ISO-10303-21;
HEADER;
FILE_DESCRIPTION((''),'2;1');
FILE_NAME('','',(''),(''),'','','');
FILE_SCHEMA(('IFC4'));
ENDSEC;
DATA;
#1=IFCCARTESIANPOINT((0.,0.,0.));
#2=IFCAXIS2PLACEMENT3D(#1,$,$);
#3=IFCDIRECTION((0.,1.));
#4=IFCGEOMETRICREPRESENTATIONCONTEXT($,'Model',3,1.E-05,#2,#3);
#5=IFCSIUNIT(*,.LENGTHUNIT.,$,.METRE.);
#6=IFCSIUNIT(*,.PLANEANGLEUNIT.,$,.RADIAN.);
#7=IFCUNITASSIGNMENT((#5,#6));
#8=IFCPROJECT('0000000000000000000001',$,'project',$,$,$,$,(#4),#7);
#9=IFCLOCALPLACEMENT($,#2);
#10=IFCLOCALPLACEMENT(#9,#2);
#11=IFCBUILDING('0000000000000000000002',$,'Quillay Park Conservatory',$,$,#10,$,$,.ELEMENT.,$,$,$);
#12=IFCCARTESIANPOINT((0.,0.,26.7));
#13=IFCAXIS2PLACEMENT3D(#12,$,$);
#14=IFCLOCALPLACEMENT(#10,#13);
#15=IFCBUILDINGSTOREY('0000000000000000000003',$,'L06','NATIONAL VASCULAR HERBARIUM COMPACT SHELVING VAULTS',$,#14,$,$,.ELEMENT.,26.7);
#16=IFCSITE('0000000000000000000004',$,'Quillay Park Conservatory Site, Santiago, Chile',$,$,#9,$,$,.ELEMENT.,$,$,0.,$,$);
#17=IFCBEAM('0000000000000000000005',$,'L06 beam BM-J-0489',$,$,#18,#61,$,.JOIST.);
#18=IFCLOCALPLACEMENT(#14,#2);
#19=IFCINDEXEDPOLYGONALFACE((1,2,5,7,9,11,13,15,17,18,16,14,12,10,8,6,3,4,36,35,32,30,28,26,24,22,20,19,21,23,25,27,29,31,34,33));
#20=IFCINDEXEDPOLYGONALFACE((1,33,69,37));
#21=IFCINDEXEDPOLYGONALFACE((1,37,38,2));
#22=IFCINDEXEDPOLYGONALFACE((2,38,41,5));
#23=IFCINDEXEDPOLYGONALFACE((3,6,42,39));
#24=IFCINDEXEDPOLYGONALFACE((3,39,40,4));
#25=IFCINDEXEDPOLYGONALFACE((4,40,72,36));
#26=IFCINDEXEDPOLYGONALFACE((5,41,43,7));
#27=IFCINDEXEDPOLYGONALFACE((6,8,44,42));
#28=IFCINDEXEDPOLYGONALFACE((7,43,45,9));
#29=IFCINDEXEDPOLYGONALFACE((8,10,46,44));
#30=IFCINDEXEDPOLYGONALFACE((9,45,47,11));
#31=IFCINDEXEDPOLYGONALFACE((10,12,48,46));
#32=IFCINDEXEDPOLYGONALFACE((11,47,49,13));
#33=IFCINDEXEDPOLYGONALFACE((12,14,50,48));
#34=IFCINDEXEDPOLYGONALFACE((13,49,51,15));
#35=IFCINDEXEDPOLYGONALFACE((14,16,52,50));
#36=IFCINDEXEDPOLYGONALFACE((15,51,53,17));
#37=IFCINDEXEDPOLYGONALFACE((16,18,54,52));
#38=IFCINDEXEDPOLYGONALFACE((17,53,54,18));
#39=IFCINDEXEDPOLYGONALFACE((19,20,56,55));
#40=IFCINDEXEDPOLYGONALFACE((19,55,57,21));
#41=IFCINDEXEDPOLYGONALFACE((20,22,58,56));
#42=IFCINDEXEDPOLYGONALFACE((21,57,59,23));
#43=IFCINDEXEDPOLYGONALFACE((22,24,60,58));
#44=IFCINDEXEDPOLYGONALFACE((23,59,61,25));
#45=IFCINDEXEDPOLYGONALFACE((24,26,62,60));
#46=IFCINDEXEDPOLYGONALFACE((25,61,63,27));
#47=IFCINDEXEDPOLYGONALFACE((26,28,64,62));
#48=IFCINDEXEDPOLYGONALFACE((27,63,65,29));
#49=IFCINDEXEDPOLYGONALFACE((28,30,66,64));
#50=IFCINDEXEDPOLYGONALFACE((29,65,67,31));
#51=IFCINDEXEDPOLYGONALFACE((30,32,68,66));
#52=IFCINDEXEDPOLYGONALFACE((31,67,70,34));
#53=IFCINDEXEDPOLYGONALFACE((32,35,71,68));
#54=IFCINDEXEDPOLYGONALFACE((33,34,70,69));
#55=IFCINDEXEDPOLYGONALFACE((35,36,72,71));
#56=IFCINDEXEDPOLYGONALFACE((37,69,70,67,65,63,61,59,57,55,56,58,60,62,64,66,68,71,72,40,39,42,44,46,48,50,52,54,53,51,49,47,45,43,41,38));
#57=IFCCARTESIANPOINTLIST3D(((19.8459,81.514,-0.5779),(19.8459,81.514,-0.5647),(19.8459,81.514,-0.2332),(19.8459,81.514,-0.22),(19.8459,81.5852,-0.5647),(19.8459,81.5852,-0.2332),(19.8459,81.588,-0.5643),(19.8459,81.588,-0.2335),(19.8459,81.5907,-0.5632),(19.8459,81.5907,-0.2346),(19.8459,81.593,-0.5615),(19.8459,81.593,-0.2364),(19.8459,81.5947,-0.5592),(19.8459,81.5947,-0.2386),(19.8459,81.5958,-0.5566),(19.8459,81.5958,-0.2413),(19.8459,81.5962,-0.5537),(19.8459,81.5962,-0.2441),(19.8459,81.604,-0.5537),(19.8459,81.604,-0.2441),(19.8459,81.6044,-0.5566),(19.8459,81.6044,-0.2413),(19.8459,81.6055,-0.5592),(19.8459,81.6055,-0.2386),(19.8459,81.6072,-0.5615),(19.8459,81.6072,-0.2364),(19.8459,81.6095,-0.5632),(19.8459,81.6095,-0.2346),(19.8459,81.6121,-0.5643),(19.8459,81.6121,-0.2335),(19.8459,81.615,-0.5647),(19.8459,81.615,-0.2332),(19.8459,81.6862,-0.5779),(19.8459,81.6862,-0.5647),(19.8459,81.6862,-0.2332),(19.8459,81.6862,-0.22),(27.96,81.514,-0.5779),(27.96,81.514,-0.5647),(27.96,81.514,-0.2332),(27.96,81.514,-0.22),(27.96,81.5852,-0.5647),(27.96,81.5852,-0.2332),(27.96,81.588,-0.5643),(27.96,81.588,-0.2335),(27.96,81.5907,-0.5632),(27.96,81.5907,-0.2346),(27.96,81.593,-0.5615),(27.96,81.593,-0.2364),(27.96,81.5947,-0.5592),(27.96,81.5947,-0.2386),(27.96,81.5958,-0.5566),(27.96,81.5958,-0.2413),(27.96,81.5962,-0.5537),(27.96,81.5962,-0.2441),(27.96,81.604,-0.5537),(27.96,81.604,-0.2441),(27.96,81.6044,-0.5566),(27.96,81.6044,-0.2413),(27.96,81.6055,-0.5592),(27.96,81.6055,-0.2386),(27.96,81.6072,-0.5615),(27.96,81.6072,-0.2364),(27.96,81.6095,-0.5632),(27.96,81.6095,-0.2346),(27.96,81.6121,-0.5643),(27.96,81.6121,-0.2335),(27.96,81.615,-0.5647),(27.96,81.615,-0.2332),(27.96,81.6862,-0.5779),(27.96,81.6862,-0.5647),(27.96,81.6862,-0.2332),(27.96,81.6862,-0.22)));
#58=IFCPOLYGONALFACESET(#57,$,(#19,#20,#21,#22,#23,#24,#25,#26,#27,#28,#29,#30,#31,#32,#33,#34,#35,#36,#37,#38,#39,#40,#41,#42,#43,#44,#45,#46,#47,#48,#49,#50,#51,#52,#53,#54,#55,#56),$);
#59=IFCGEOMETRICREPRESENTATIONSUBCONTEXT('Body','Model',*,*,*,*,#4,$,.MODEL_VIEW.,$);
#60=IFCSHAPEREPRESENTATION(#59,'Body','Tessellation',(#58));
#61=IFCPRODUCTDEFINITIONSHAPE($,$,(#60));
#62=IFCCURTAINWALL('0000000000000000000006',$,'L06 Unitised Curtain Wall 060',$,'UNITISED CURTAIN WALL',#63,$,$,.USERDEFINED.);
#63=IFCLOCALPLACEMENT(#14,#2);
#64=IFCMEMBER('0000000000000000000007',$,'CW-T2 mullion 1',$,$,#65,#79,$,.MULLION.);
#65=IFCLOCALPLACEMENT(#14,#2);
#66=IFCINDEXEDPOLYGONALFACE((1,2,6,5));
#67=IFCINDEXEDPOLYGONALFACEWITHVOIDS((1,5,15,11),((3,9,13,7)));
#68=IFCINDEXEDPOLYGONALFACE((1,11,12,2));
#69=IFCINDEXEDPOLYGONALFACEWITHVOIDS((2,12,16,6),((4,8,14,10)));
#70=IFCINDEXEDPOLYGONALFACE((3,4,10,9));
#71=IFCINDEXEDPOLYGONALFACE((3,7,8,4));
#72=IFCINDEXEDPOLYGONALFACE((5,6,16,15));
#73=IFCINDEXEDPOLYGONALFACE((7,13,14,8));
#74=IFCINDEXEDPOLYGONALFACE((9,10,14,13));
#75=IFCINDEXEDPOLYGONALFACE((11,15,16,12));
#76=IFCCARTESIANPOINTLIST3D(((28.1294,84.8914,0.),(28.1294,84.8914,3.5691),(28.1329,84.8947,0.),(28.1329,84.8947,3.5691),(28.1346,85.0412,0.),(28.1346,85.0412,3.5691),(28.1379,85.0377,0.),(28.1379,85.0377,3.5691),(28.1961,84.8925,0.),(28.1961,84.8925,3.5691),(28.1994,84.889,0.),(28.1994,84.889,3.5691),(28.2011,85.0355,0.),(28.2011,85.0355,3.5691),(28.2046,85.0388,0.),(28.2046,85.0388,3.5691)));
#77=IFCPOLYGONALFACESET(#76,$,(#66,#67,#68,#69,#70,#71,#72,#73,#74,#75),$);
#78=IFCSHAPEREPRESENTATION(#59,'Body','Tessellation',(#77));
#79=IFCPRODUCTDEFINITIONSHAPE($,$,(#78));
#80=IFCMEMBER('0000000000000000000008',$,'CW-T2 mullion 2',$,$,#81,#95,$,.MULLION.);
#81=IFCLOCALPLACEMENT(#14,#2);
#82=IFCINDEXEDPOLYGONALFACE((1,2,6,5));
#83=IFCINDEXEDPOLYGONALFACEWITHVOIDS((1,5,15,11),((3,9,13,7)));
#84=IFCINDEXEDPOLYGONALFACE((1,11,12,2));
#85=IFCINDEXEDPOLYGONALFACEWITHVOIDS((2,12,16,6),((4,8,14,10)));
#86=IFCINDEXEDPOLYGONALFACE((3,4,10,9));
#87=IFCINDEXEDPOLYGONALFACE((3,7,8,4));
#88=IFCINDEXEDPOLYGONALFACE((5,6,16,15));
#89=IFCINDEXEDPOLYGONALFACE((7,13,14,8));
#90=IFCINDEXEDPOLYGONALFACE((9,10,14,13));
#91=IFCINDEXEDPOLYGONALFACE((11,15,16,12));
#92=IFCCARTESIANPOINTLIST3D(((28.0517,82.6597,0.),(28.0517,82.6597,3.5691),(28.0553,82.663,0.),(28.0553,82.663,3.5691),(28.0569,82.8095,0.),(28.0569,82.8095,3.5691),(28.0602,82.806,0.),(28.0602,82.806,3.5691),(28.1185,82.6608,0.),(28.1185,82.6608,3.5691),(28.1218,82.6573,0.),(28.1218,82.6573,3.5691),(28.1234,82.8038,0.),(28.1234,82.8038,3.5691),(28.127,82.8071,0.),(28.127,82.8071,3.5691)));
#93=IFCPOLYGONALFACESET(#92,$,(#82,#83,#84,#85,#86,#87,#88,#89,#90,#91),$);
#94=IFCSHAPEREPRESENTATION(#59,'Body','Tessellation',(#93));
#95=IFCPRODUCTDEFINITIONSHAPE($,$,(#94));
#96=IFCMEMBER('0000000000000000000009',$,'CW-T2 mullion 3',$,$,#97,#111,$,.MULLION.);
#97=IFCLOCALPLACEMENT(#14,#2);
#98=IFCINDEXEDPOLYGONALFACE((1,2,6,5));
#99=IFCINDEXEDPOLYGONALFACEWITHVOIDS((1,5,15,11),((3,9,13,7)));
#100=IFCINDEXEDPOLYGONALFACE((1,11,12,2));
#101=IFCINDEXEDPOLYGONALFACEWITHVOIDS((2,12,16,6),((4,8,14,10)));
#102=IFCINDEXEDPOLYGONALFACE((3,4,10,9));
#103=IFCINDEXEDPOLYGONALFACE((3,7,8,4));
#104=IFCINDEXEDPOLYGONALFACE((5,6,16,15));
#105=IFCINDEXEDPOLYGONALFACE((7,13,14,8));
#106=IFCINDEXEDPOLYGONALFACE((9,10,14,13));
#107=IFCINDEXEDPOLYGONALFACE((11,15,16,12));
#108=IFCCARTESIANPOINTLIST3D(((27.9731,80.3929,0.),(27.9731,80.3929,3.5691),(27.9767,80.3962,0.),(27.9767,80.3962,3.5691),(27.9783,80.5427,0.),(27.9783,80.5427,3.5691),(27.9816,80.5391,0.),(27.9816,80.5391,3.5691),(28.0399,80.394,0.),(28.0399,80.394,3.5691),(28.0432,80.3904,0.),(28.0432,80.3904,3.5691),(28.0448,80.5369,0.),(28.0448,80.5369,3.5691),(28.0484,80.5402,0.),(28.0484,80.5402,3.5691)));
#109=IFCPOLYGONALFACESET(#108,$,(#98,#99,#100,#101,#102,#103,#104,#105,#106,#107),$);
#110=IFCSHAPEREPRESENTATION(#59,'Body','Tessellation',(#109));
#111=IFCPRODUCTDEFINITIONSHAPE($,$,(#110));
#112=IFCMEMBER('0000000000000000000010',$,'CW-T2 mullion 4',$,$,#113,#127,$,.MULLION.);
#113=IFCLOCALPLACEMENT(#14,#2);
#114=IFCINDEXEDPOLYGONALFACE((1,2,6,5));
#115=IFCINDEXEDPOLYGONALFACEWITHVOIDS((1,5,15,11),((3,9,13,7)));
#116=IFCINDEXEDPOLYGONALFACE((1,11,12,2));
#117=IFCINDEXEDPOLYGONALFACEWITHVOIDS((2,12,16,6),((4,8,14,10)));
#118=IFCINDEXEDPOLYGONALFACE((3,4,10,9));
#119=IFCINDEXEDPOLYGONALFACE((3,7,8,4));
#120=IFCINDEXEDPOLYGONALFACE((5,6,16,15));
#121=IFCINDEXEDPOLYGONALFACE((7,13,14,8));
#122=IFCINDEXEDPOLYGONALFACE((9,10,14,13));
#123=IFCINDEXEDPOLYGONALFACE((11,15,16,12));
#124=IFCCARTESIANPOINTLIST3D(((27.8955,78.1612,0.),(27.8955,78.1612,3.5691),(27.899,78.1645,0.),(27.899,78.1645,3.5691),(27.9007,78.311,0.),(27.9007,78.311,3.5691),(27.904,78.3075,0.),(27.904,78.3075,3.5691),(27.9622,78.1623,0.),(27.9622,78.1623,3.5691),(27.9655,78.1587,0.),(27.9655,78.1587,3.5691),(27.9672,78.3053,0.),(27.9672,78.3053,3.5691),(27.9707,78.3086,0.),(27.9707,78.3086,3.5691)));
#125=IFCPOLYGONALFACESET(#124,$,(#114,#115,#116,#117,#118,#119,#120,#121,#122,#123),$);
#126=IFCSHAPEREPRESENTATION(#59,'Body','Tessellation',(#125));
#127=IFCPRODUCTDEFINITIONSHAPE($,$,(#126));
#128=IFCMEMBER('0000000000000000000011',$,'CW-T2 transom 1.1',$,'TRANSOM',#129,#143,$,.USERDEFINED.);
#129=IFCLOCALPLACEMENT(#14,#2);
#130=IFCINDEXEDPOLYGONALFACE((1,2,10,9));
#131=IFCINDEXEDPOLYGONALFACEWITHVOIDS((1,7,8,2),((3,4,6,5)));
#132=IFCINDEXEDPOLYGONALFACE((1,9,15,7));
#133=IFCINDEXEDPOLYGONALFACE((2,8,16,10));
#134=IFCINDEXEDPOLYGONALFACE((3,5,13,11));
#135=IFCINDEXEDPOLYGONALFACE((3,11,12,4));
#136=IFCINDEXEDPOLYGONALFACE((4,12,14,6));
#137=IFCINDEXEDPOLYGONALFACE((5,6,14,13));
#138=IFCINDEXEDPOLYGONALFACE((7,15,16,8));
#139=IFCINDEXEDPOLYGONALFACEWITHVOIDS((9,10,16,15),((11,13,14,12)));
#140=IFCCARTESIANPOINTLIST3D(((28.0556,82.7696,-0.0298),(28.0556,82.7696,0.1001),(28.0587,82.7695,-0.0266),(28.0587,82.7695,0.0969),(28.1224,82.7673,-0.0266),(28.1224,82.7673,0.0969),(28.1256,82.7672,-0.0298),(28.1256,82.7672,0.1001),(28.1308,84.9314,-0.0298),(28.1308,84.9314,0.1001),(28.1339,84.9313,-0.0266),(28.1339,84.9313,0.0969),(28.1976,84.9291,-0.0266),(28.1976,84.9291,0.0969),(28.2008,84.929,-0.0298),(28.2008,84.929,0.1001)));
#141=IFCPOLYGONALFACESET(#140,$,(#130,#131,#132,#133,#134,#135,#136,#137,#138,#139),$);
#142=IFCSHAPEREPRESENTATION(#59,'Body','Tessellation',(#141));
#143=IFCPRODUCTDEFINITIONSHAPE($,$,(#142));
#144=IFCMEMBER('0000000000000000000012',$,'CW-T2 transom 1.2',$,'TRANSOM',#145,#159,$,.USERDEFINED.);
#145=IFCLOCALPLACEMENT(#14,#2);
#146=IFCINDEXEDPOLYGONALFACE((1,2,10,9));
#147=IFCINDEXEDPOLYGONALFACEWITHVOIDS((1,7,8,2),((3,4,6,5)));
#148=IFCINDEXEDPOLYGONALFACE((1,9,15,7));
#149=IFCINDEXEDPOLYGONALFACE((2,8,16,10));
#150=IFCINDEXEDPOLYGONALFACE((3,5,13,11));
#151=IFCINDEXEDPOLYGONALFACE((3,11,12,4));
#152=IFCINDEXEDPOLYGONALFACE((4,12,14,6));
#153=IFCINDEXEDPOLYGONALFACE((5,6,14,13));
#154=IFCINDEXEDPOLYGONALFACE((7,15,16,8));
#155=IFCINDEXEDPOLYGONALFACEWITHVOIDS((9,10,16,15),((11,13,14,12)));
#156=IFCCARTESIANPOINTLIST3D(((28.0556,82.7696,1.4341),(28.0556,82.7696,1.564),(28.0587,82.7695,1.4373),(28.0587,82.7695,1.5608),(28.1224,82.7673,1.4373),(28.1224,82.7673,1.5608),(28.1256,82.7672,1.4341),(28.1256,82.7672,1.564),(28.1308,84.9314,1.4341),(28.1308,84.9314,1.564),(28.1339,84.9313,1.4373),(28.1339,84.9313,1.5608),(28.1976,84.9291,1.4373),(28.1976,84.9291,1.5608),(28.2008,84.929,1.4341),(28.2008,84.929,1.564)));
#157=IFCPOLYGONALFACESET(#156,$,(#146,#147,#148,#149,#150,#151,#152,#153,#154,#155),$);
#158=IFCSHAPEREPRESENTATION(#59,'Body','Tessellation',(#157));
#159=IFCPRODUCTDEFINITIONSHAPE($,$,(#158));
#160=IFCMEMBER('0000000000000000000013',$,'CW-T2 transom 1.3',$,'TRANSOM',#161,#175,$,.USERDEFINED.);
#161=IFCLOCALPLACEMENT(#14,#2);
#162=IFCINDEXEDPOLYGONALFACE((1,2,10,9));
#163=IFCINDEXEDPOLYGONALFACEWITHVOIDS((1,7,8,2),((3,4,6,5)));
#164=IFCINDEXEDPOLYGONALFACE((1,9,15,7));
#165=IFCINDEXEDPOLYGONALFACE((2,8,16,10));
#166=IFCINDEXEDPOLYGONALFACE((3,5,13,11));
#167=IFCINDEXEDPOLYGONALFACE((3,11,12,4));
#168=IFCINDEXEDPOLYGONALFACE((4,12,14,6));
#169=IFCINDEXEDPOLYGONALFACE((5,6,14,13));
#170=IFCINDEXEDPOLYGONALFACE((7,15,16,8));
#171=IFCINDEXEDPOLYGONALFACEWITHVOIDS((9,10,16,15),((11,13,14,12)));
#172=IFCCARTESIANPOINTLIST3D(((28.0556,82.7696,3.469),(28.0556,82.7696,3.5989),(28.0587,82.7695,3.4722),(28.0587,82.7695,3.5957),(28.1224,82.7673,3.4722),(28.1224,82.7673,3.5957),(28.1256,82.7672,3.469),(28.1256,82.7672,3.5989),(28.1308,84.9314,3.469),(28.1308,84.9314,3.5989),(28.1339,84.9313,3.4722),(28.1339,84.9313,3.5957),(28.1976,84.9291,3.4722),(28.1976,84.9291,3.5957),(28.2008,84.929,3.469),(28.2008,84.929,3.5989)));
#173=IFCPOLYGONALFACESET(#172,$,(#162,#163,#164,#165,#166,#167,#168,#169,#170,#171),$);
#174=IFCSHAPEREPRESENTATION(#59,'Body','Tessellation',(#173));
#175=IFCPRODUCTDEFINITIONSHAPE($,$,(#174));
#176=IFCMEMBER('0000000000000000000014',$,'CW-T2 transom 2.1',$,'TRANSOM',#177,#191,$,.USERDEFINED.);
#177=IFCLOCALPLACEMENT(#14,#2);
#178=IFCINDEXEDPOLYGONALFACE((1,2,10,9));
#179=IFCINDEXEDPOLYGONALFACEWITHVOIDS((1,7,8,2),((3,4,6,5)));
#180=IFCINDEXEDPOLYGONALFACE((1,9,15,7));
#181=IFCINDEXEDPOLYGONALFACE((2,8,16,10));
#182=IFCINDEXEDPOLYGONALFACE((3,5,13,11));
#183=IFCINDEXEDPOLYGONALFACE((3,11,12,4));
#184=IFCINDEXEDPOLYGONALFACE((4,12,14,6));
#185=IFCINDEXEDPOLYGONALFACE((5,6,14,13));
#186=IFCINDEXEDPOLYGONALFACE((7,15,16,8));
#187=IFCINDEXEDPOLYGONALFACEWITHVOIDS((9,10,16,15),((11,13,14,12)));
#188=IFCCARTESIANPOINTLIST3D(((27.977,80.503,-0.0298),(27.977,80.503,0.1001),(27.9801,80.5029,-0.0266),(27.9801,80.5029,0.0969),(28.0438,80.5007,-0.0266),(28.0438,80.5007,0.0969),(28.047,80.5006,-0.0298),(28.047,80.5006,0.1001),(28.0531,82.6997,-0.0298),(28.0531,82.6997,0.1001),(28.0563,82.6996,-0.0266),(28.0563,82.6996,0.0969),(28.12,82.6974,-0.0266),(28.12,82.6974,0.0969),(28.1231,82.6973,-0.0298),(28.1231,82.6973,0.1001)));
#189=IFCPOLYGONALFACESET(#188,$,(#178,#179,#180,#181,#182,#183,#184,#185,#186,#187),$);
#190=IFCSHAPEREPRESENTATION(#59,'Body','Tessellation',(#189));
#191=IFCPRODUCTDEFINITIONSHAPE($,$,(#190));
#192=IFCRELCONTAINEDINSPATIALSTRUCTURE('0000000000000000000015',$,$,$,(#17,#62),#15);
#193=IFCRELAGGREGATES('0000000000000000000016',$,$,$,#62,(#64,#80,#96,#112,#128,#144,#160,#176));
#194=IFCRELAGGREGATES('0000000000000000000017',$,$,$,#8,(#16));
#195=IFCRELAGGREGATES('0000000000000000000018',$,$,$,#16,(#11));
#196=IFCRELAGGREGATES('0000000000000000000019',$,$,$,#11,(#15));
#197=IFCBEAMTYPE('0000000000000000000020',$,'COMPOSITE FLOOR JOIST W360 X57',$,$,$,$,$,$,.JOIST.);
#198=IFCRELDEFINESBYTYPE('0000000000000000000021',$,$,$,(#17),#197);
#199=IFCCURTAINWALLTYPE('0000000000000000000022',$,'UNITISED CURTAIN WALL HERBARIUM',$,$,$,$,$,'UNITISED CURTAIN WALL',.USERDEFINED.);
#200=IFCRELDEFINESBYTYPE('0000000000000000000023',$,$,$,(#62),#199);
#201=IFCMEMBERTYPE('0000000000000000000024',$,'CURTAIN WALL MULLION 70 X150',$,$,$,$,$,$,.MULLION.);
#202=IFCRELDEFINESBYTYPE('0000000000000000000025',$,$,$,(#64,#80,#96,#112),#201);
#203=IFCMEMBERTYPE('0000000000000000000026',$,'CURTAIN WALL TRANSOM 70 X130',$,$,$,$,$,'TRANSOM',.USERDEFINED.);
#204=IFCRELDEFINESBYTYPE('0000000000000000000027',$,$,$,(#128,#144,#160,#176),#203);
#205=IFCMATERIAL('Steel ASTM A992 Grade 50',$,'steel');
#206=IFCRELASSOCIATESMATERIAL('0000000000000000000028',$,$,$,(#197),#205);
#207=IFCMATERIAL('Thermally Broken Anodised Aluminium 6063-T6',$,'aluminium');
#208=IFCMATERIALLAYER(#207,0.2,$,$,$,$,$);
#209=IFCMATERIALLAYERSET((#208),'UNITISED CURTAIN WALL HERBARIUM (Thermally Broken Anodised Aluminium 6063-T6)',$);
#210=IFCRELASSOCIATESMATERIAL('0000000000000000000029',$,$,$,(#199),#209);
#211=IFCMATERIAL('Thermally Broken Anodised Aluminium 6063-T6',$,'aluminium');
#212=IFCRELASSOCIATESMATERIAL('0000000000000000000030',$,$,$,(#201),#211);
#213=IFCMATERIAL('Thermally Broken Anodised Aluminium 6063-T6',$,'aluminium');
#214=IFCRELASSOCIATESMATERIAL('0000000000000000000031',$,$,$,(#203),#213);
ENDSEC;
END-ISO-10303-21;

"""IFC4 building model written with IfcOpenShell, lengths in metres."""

from ifc_helpers import new_model, si_unit, direction, frame, origin, origin_2d, place, context, subcontext, project, spatial, hollow_rectangle, i_section, extrude, material, layer, layer_set, material_profile, profile_set, type_object, element, aggregate, save


model = new_model("IFC4")

# Units and contexts
model_context = context("Model", 3, precision=1e-05, world=origin(), true_north=direction((0.0, 1.0)))
body_context = subcontext(model_context, "Body", "Model", "MODEL_VIEW")
ifc_project = project(units=[si_unit("LENGTHUNIT", "METRE"), si_unit("PLANEANGLEUNIT", "RADIAN")], contexts=[model_context])

# Site, building, storey
site_placement = place(None, origin())
site = spatial("IfcSite", under=ifc_project, at=site_placement, Name="Quillay Park Conservatory Site, Santiago, Chile", CompositionType="ELEMENT", RefElevation=0.0)
building_placement = place(site_placement, origin())
building = spatial("IfcBuilding", under=site, at=building_placement, Name="Quillay Park Conservatory", CompositionType="ELEMENT")
storey_placement = place(building_placement, frame((0.0, 0.0, 26.7)))
storey = spatial("IfcBuildingStorey", under=building, at=storey_placement, Name="L06", Description="NATIONAL VASCULAR HERBARIUM COMPACT SHELVING VAULTS", CompositionType="ELEMENT", Elevation=26.7)

# Beam
ifc_material_1 = material(Name="Steel ASTM A992 Grade 50", Category="steel")
ifc_material_profile_1 = material_profile(ifc_material_1, i_section(OverallWidth=0.1721, OverallDepth=0.3579, WebThickness=0.0078, FlangeThickness=0.0132, FilletRadius=0.011, at=origin_2d()), Name="W360x57")
ifc_profile_set_1 = profile_set([ifc_material_profile_1], Name="Steel ASTM A992 Grade 50")
beam_type_1 = type_object("IfcBeamType", Name="COMPOSITE FLOOR JOIST W360 X57", PredefinedType="JOIST", material=ifc_profile_set_1)
beam_1_placement = place(storey_placement, frame((19.8459, 81.6001, -0.3989), z_axis=(1.0, 0.0, 0.0), x_axis=(0.0, 1.0, 0.0)))
element("IfcBeam", 1, at=beam_1_placement, inside=storey, type_object=beam_type_1, Name="L06 beam BM-J-0489", PredefinedType="JOIST", context=body_context, shape_type="SweptSolid", body=[
    extrude(i_section(OverallWidth=0.1721, OverallDepth=0.3579, WebThickness=0.0078, FlangeThickness=0.0132, FilletRadius=0.011, at=origin_2d()), origin(), (0.0, 0.0, 1.0), 8.114),
])

# Curtain wall, members
ifc_material_2 = material(Name="Thermally Broken Anodised Aluminium 6063-T6", Category="aluminium")
ifc_layer_1 = layer(ifc_material_2, 0.2)
ifc_layer_set_1 = layer_set([ifc_layer_1], Name="UNITISED CURTAIN WALL HERBARIUM (Thermally Broken Anodised Aluminium 6063-T6)")
curtain_wall_type = type_object("IfcCurtainWallType", Name="UNITISED CURTAIN WALL HERBARIUM", ElementType="UNITISED CURTAIN WALL", PredefinedType="USERDEFINED", material=ifc_layer_set_1)
curtain_wall_placement = place(storey_placement, origin())
curtain_wall = element("IfcCurtainWall", 2, at=curtain_wall_placement, inside=storey, type_object=curtain_wall_type, Name="L06 Unitised Curtain Wall 060", ObjectType="UNITISED CURTAIN WALL", PredefinedType="USERDEFINED")
ifc_material_3 = material(Name="Thermally Broken Anodised Aluminium 6063-T6", Category="aluminium")
ifc_material_profile_2 = material_profile(ifc_material_3, hollow_rectangle(XDim=0.0701, YDim=0.1499, WallThickness=0.0034, at=origin_2d()), Name="AL70x150x3.5")
ifc_profile_set_2 = profile_set([ifc_material_profile_2], Name="Thermally Broken Anodised Aluminium 6063-T6")
member_type_1 = type_object("IfcMemberType", Name="CURTAIN WALL MULLION 70 X150", PredefinedType="MULLION", material=ifc_profile_set_2)
member_1_placement = place(storey_placement, frame((28.167, 84.9651, 0.0), z_axis=(0.0, 0.0, 1.0), x_axis=(0.999397, -0.034713, 0.0)))
member_1 = element("IfcMember", 3, at=member_1_placement, type_object=member_type_1, Name="CW-T2 mullion 1", PredefinedType="MULLION", context=body_context, shape_type="SweptSolid", body=[
    extrude(hollow_rectangle(XDim=0.0701, YDim=0.1499, WallThickness=0.0034, at=origin_2d()), origin(), (0.0, 0.0, 1.0), 3.5691),
])
member_2_placement = place(storey_placement, frame((28.0894, 82.7334, 0.0), z_axis=(0.0, 0.0, 1.0), x_axis=(0.999397, -0.034713, 0.0)))
member_2 = element("IfcMember", 4, at=member_2_placement, type_object=member_type_1, Name="CW-T2 mullion 2", PredefinedType="MULLION", context=body_context, shape_type="SweptSolid", body=[
    extrude(hollow_rectangle(XDim=0.0701, YDim=0.1499, WallThickness=0.0034, at=origin_2d()), origin(), (0.0, 0.0, 1.0), 3.5691),
])
member_3_placement = place(storey_placement, frame((28.0107, 80.4666, 0.0), z_axis=(0.0, 0.0, 1.0), x_axis=(0.999397, -0.034713, 0.0)))
member_3 = element("IfcMember", 5, at=member_3_placement, type_object=member_type_1, Name="CW-T2 mullion 3", PredefinedType="MULLION", context=body_context, shape_type="SweptSolid", body=[
    extrude(hollow_rectangle(XDim=0.0701, YDim=0.1499, WallThickness=0.0034, at=origin_2d()), origin(), (0.0, 0.0, 1.0), 3.5691),
])
member_4_placement = place(storey_placement, frame((27.9331, 78.2349, 0.0), z_axis=(0.0, 0.0, 1.0), x_axis=(0.999397, -0.034713, 0.0)))
member_4 = element("IfcMember", 6, at=member_4_placement, type_object=member_type_1, Name="CW-T2 mullion 4", PredefinedType="MULLION", context=body_context, shape_type="SweptSolid", body=[
    extrude(hollow_rectangle(XDim=0.0701, YDim=0.1499, WallThickness=0.0034, at=origin_2d()), origin(), (0.0, 0.0, 1.0), 3.5691),
])
ifc_material_4 = material(Name="Thermally Broken Anodised Aluminium 6063-T6", Category="aluminium")
ifc_material_profile_3 = material_profile(ifc_material_4, hollow_rectangle(XDim=0.0701, YDim=0.1299, WallThickness=0.0032, at=origin_2d()), Name="AL70x130x3.2")
ifc_profile_set_3 = profile_set([ifc_material_profile_3], Name="Thermally Broken Anodised Aluminium 6063-T6")
member_type_2 = type_object("IfcMemberType", Name="CURTAIN WALL TRANSOM 70 X130", ElementType="TRANSOM", PredefinedType="USERDEFINED", material=ifc_profile_set_3)
member_5_placement = place(storey_placement, frame((28.1658, 84.9302, 0.0352), z_axis=(-0.034762, -0.999396, 0.0), x_axis=(0.999396, -0.034762, 0.0)))
member_5 = element("IfcMember", 7, at=member_5_placement, type_object=member_type_2, Name="CW-T2 transom 1.1", ObjectType="TRANSOM", PredefinedType="USERDEFINED", context=body_context, shape_type="SweptSolid", body=[
    extrude(hollow_rectangle(XDim=0.0701, YDim=0.1299, WallThickness=0.0032, at=origin_2d()), origin(), (0.0, 0.0, 1.0), 2.1631),
])
member_6_placement = place(storey_placement, frame((28.1658, 84.9302, 1.499), z_axis=(-0.034762, -0.999396, 0.0), x_axis=(0.999396, -0.034762, 0.0)))
member_6 = element("IfcMember", 8, at=member_6_placement, type_object=member_type_2, Name="CW-T2 transom 1.2", ObjectType="TRANSOM", PredefinedType="USERDEFINED", context=body_context, shape_type="SweptSolid", body=[
    extrude(hollow_rectangle(XDim=0.0701, YDim=0.1299, WallThickness=0.0032, at=origin_2d()), origin(), (0.0, 0.0, 1.0), 2.1631),
])
member_7_placement = place(storey_placement, frame((28.1658, 84.9302, 3.5339), z_axis=(-0.034762, -0.999396, 0.0), x_axis=(0.999396, -0.034762, 0.0)))
member_7 = element("IfcMember", 9, at=member_7_placement, type_object=member_type_2, Name="CW-T2 transom 1.3", ObjectType="TRANSOM", PredefinedType="USERDEFINED", context=body_context, shape_type="SweptSolid", body=[
    extrude(hollow_rectangle(XDim=0.0701, YDim=0.1299, WallThickness=0.0032, at=origin_2d()), origin(), (0.0, 0.0, 1.0), 2.1631),
])
member_8_placement = place(storey_placement, frame((28.0881, 82.6985, 0.0352), z_axis=(-0.034654, -0.999399, 0.0), x_axis=(0.999399, -0.034654, 0.0)))
member_8 = element("IfcMember", 10, at=member_8_placement, type_object=member_type_2, Name="CW-T2 transom 2.1", ObjectType="TRANSOM", PredefinedType="USERDEFINED", context=body_context, shape_type="SweptSolid", body=[
    extrude(hollow_rectangle(XDim=0.0701, YDim=0.1299, WallThickness=0.0032, at=origin_2d()), origin(), (0.0, 0.0, 1.0), 2.198),
])

aggregate(curtain_wall, [member_1, member_2, member_3, member_4, member_5, member_6, member_7, member_8])

save(model, "model.ifc")
